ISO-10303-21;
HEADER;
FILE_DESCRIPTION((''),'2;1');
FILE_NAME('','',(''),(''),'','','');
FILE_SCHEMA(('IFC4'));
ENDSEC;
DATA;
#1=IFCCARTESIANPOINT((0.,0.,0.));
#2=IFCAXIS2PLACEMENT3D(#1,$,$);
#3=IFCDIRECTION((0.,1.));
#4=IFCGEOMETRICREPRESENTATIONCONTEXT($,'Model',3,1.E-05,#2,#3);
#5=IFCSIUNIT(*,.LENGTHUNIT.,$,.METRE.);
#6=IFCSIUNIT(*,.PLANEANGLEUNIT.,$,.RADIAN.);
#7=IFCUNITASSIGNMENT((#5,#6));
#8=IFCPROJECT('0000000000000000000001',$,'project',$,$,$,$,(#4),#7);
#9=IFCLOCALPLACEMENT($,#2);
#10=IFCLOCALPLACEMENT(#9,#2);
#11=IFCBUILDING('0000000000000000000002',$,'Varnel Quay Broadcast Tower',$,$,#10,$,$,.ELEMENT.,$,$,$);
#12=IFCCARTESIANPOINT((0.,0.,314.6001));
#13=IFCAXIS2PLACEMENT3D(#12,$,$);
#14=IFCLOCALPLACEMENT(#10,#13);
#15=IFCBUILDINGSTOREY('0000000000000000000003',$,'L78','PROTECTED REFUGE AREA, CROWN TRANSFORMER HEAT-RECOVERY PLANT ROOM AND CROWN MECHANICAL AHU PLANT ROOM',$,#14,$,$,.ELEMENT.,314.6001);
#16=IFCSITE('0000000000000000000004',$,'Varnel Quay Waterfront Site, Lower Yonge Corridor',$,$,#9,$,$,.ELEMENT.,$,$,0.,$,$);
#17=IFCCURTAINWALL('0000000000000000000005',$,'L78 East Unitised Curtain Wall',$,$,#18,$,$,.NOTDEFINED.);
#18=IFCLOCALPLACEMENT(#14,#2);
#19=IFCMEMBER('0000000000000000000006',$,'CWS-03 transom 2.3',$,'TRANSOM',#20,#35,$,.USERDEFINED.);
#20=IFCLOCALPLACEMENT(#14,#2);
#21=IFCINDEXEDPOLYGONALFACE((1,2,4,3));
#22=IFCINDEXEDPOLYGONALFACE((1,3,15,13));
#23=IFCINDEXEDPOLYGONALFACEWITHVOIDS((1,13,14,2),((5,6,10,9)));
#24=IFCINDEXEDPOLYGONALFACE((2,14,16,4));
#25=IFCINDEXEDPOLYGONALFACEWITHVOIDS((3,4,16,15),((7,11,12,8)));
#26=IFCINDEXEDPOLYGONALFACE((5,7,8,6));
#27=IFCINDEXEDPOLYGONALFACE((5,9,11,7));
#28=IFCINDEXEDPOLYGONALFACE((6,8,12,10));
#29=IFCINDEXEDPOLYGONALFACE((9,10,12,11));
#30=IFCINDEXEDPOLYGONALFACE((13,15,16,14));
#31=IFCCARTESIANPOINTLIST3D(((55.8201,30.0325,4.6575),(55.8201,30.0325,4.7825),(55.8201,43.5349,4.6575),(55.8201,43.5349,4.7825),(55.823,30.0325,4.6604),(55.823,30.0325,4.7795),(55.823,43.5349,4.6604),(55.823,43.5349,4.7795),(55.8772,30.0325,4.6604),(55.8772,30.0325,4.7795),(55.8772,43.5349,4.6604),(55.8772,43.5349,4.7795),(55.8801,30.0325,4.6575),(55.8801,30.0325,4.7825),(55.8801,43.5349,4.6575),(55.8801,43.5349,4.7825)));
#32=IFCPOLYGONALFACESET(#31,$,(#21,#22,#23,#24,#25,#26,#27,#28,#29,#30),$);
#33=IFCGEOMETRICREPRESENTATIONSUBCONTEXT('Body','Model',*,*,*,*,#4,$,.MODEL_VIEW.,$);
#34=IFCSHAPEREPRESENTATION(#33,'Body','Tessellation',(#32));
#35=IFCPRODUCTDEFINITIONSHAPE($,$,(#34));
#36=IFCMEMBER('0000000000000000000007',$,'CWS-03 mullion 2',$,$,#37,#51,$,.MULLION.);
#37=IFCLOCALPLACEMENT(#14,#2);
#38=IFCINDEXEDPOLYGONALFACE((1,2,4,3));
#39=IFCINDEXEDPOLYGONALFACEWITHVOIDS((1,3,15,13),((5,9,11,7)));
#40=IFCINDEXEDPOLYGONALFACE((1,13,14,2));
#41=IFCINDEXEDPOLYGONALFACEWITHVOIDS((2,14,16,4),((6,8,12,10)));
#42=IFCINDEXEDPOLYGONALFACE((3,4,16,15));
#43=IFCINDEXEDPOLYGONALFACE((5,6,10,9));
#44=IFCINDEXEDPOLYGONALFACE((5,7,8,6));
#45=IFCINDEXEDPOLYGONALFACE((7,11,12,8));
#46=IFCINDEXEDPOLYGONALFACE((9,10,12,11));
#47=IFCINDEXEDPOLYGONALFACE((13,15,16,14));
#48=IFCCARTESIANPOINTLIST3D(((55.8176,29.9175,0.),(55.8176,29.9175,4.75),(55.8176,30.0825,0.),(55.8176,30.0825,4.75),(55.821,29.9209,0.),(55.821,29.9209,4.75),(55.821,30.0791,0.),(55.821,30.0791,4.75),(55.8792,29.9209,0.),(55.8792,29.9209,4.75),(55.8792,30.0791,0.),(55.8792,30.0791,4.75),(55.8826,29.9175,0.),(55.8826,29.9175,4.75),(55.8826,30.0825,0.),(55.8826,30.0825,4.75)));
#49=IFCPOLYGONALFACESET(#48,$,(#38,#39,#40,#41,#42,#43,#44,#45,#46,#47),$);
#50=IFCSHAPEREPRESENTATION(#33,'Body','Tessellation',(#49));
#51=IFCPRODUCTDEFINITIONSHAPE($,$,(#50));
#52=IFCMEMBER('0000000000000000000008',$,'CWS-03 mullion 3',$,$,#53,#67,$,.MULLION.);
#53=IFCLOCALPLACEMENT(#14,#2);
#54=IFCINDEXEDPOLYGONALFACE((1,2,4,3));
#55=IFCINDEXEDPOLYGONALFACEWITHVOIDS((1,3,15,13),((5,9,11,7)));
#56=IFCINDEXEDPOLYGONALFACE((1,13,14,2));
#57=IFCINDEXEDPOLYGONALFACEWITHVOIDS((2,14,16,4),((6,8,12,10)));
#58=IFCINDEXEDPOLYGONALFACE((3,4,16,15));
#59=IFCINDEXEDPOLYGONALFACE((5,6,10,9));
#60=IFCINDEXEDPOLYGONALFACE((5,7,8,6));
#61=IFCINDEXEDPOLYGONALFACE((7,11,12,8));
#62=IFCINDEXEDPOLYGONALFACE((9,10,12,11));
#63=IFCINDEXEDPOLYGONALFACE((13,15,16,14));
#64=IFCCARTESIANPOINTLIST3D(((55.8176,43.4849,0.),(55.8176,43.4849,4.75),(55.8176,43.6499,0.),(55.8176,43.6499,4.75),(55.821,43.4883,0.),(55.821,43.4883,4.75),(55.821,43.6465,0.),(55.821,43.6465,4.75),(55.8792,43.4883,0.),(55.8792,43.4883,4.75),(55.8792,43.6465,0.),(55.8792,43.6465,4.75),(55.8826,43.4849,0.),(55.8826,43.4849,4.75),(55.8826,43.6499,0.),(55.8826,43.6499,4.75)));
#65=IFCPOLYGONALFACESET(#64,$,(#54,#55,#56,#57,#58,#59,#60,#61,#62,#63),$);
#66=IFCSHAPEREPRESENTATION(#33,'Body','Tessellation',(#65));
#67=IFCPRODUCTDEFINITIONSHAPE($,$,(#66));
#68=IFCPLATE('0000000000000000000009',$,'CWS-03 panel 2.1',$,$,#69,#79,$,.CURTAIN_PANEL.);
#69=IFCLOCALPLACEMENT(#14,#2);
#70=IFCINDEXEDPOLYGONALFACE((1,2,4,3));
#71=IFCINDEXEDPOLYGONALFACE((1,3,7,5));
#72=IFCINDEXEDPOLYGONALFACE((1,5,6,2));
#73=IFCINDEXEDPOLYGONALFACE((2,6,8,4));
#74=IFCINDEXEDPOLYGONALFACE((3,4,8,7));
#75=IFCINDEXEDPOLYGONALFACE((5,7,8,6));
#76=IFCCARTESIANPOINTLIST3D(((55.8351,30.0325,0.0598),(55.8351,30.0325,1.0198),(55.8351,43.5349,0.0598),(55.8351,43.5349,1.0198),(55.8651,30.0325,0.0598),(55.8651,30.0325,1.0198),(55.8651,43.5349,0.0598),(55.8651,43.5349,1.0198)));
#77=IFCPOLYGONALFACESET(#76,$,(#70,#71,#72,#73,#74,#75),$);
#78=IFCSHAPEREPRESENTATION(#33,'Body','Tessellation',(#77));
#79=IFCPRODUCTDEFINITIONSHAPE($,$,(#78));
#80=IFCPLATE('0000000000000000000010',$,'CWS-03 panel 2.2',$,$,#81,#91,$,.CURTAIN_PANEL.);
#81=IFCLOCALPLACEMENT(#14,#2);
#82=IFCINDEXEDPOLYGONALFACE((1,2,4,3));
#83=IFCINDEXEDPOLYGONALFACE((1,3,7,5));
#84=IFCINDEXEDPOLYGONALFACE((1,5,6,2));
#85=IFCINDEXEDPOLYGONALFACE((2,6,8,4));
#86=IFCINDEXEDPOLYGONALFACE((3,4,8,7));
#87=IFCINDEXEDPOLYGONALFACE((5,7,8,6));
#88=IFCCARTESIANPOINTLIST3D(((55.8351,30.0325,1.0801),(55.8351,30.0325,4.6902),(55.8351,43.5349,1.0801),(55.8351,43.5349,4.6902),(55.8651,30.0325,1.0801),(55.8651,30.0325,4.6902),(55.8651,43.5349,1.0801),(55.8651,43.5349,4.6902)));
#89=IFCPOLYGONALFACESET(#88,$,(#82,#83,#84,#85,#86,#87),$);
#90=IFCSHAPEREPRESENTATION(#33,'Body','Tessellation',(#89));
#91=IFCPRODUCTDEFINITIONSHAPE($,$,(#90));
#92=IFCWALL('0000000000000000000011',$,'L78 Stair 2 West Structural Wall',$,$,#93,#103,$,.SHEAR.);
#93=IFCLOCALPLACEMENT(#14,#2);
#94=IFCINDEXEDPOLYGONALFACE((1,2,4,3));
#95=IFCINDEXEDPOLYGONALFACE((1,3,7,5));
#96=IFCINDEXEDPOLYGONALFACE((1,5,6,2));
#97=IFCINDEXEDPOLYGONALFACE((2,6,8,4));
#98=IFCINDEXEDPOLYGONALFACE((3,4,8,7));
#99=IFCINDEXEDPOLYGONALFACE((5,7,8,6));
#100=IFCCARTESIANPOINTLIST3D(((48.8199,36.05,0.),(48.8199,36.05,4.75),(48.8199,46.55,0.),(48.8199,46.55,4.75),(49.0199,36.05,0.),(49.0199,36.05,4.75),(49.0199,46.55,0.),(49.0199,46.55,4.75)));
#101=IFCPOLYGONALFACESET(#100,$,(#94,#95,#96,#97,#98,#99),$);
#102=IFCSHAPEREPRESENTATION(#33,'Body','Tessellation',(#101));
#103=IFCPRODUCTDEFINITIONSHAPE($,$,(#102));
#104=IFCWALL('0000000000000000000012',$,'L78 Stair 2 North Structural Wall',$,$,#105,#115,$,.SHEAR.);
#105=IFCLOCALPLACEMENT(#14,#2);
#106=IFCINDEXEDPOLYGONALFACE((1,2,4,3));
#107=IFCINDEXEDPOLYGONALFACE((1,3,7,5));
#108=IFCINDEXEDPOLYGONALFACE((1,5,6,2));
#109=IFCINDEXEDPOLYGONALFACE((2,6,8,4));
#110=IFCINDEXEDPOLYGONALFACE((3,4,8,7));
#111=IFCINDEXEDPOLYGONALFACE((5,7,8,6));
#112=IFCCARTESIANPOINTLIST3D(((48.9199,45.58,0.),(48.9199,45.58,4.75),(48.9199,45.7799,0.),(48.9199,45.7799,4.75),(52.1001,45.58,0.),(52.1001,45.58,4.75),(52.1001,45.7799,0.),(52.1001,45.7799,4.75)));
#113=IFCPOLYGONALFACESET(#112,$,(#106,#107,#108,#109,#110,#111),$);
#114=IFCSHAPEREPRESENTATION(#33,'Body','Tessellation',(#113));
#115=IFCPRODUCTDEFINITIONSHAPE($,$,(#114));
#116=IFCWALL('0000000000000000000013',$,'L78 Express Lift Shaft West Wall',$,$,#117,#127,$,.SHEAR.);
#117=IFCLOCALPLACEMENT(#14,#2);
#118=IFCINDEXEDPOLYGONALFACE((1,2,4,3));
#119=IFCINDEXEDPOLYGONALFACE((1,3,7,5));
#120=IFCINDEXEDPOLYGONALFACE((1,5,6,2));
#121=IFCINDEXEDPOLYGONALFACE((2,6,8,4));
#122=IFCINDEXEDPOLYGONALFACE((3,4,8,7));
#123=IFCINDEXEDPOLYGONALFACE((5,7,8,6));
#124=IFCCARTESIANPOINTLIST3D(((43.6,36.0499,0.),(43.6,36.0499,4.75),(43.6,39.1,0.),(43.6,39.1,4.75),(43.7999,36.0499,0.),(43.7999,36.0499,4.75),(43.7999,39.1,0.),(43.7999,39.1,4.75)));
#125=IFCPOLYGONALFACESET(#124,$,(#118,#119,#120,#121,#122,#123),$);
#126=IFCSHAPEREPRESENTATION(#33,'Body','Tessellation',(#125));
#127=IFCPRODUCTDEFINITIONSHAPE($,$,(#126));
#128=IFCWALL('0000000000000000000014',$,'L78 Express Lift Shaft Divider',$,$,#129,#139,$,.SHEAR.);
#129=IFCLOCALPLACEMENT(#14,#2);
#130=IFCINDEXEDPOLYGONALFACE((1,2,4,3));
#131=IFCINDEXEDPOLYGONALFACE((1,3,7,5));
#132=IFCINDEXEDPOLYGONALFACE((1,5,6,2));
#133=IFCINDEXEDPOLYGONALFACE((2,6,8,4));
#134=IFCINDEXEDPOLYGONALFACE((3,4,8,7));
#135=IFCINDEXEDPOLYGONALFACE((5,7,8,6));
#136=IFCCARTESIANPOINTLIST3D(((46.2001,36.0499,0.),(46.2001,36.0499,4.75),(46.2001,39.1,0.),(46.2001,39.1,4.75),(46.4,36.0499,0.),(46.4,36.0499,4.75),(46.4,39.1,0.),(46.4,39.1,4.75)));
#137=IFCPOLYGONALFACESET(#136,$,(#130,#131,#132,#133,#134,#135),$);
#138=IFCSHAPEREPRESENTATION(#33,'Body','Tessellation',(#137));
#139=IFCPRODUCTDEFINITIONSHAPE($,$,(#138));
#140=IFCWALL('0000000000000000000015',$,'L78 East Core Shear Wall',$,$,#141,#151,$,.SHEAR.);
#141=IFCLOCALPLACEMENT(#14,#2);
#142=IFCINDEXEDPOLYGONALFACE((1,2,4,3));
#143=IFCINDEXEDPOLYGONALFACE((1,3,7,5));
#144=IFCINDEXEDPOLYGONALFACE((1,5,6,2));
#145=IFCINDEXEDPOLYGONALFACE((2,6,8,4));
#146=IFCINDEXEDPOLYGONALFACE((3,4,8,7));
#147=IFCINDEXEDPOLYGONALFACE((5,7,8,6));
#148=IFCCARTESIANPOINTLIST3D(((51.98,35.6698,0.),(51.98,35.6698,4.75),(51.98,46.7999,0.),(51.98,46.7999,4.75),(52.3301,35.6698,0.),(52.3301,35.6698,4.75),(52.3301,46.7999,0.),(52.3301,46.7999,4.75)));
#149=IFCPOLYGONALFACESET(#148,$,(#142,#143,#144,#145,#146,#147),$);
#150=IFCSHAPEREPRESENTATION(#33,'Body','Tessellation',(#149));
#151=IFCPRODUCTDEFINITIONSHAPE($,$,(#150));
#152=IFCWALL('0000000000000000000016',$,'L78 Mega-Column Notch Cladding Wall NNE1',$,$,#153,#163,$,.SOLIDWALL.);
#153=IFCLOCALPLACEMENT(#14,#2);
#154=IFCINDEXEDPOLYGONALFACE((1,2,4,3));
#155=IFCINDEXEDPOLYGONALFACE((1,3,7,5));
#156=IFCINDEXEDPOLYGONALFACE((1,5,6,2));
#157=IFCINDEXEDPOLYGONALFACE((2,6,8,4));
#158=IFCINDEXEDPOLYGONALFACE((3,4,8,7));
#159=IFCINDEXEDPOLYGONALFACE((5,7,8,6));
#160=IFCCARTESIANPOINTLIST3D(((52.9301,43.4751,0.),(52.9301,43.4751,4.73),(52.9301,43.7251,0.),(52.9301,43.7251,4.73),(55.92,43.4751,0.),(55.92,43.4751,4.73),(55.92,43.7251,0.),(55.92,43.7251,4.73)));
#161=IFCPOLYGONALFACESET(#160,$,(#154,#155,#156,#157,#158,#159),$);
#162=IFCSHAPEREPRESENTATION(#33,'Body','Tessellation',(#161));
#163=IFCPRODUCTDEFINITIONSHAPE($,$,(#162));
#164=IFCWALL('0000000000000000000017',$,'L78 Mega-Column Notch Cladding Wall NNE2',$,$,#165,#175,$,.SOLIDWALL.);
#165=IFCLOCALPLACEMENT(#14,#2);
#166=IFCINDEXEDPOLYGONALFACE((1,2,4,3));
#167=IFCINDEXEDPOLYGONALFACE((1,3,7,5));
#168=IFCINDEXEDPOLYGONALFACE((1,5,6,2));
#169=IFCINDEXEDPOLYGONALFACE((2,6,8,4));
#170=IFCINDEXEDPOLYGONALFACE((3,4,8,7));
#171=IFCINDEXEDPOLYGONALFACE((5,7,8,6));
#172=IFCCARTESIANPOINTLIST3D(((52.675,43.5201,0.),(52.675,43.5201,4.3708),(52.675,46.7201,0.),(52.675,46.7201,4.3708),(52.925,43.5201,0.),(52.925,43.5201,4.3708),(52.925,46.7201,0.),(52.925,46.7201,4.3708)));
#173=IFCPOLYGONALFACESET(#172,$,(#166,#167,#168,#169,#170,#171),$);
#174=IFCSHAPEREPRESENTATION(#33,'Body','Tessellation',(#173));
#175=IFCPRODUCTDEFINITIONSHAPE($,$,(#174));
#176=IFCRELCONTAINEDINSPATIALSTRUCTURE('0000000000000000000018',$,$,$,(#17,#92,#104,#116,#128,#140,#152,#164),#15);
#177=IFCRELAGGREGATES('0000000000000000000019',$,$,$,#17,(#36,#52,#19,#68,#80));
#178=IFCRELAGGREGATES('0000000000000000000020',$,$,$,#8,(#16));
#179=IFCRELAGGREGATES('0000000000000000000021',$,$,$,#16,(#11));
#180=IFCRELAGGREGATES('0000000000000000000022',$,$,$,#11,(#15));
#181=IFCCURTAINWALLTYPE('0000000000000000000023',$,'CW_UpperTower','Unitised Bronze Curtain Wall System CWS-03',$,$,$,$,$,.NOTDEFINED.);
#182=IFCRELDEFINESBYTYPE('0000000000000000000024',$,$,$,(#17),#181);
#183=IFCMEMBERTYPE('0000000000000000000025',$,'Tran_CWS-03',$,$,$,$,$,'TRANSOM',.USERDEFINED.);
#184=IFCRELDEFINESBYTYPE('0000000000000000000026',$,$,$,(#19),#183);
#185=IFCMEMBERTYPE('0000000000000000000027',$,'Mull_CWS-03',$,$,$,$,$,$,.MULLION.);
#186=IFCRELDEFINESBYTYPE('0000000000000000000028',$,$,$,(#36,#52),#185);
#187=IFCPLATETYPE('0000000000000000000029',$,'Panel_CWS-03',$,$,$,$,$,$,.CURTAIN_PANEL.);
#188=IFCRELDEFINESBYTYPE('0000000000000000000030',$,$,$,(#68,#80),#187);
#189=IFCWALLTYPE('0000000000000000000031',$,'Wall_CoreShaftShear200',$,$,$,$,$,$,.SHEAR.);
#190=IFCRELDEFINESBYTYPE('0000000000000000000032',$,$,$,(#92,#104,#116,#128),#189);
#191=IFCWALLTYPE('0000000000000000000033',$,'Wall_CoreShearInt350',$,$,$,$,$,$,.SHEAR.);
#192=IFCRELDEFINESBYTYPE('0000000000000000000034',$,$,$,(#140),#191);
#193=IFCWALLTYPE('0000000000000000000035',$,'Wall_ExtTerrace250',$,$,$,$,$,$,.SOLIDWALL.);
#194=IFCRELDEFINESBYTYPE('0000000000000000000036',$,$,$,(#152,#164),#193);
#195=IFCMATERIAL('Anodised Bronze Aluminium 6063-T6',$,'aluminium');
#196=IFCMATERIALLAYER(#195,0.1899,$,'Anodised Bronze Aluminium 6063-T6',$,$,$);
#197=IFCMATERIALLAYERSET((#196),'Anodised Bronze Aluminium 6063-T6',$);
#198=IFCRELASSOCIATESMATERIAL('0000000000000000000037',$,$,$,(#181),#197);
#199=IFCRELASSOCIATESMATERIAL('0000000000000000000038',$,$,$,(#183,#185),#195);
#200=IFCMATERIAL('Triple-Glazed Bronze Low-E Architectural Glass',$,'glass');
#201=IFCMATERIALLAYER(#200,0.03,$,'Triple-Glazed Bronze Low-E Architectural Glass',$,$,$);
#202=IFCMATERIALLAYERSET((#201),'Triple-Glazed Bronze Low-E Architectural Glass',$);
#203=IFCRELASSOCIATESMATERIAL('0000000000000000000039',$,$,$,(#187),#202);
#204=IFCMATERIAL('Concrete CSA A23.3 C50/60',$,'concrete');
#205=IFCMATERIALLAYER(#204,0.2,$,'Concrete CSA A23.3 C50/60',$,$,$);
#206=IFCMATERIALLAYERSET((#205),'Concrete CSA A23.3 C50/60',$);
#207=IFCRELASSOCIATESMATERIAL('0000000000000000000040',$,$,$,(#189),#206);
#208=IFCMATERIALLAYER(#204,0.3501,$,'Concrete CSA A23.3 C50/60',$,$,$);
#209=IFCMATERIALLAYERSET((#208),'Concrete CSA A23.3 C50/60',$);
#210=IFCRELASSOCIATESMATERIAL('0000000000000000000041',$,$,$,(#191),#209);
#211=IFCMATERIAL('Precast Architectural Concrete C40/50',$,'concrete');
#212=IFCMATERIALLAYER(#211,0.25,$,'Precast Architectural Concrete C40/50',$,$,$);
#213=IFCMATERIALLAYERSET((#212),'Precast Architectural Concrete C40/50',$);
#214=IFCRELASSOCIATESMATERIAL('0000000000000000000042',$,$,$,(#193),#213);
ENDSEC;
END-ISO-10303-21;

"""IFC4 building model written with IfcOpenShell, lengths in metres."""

from ifc_helpers import new_model, si_unit, direction, frame, frame_2d, origin, origin_2d, place, context, subcontext, project, spatial, rectangle, hollow_rectangle, extrude, source, transform, mapped, material, layer, layer_set, material_profile, profile_set, type_object, type_shapes, element, aggregate, save


model = new_model("IFC4")

# Units and contexts
model_context = context("Model", 3, precision=1e-05, world=origin(), true_north=direction((0.0, 1.0)))
body_context = subcontext(model_context, "Body", "Model", "MODEL_VIEW")
ifc_project = project(units=[si_unit("LENGTHUNIT", "METRE"), si_unit("PLANEANGLEUNIT", "RADIAN")], contexts=[model_context])

# Site, building, storey
site_placement = place(None, origin())
site = spatial("IfcSite", under=ifc_project, at=site_placement, Name="Varnel Quay Waterfront Site, Lower Yonge Corridor", CompositionType="ELEMENT", RefElevation=0.0)
building_placement = place(site_placement, origin())
building = spatial("IfcBuilding", under=site, at=building_placement, Name="Varnel Quay Broadcast Tower", CompositionType="ELEMENT")
storey_placement = place(building_placement, frame((0.0, 0.0, 314.6001)))
storey = spatial("IfcBuildingStorey", under=building, at=storey_placement, Name="L78", Description="PROTECTED REFUGE AREA, CROWN TRANSFORMER HEAT-RECOVERY PLANT ROOM AND CROWN MECHANICAL AHU PLANT ROOM", CompositionType="ELEMENT", Elevation=314.6001)

# Curtain wall, members, plates
ifc_material_1 = material(Name="Anodised Bronze Aluminium 6063-T6", Category="aluminium")
ifc_layer_1 = layer(ifc_material_1, 0.1899, Name="Anodised Bronze Aluminium 6063-T6")
ifc_layer_set_1 = layer_set([ifc_layer_1], Name="Anodised Bronze Aluminium 6063-T6")
curtain_wall_type = type_object("IfcCurtainWallType", Name="CW_UpperTower", Description="Unitised Bronze Curtain Wall System CWS-03", PredefinedType="NOTDEFINED", material=ifc_layer_set_1)
curtain_wall_placement = place(storey_placement, origin())
curtain_wall = element("IfcCurtainWall", 1, at=curtain_wall_placement, inside=storey, type_object=curtain_wall_type, Name="L78 East Unitised Curtain Wall", PredefinedType="NOTDEFINED")
ifc_material_profile_1 = material_profile(ifc_material_1, hollow_rectangle(XDim=0.0601, YDim=0.125, WallThickness=0.0029, at=origin_2d()), Name="ALU60X125X3")
ifc_profile_set_1 = profile_set([ifc_material_profile_1], Name="Anodised Bronze Aluminium 6063-T6")
member_type_1 = type_object("IfcMemberType", Name="Tran_CWS-03", ElementType="TRANSOM", PredefinedType="USERDEFINED", material=ifc_profile_set_1)
shared_shape_1 = source(origin(), body_context, "Body", "SweptSolid", [
    extrude(hollow_rectangle(XDim=0.0601, YDim=0.125, WallThickness=0.0029, at=origin_2d()), origin(), (0.0, 0.0, 1.0), 13.5024),
])
type_shapes(member_type_1, [shared_shape_1])
member_1_placement = place(storey_placement, frame((55.8501, 30.0325, 4.72), z_axis=(0.0, 1.0, 0.0), x_axis=(-1.0, 0.0, 0.0)))
member_1 = element("IfcMember", 2, at=member_1_placement, type_object=member_type_1, Name="CWS-03 transom 2.3", ObjectType="TRANSOM", PredefinedType="USERDEFINED", context=body_context, shape_type="MappedRepresentation", body=[
    mapped(shared_shape_1, transform((0.0, 0.0, 0.0), x_axis=(1.0, 0.0, 0.0), y_axis=(0.0, 1.0, 0.0), z_axis=(0.0, 0.0, 1.0), scale=1.0)),
])
ifc_material_profile_2 = material_profile(ifc_material_1, hollow_rectangle(XDim=0.0649, YDim=0.165, WallThickness=0.0034, at=origin_2d()), Name="ALU65X165X3.5")
ifc_profile_set_2 = profile_set([ifc_material_profile_2], Name="Anodised Bronze Aluminium 6063-T6")
member_type_2 = type_object("IfcMemberType", Name="Mull_CWS-03", PredefinedType="MULLION", material=ifc_profile_set_2)
shared_shape_2 = source(origin(), body_context, "Body", "SweptSolid", [
    extrude(hollow_rectangle(XDim=0.0649, YDim=0.165, WallThickness=0.0034, at=origin_2d()), origin(), (0.0, 0.0, 1.0), 4.75),
])
type_shapes(member_type_2, [shared_shape_2])
member_2_placement = place(storey_placement, frame((55.8501, 30.0, 0.0), z_axis=(0.0, 0.0, 1.0), x_axis=(-1.0, 0.0, 0.0)))
member_2 = element("IfcMember", 3, at=member_2_placement, type_object=member_type_2, Name="CWS-03 mullion 2", PredefinedType="MULLION", context=body_context, shape_type="MappedRepresentation", body=[
    mapped(shared_shape_2, transform((0.0, 0.0, 0.0), x_axis=(1.0, 0.0, 0.0), y_axis=(0.0, 1.0, 0.0), z_axis=(0.0, 0.0, 1.0), scale=1.0)),
])
member_3_placement = place(storey_placement, frame((55.8501, 43.5674, 0.0), z_axis=(0.0, 0.0, 1.0), x_axis=(-1.0, 0.0, 0.0)))
member_3 = element("IfcMember", 4, at=member_3_placement, type_object=member_type_2, Name="CWS-03 mullion 3", PredefinedType="MULLION", context=body_context, shape_type="MappedRepresentation", body=[
    mapped(shared_shape_2, transform((0.0, 0.0, 0.0), x_axis=(1.0, 0.0, 0.0), y_axis=(0.0, 1.0, 0.0), z_axis=(0.0, 0.0, 1.0), scale=1.0)),
])
ifc_material_2 = material(Name="Triple-Glazed Bronze Low-E Architectural Glass", Category="glass")
ifc_layer_2 = layer(ifc_material_2, 0.03, Name="Triple-Glazed Bronze Low-E Architectural Glass")
ifc_layer_set_2 = layer_set([ifc_layer_2], Name="Triple-Glazed Bronze Low-E Architectural Glass")
plate_type = type_object("IfcPlateType", Name="Panel_CWS-03", PredefinedType="CURTAIN_PANEL", material=ifc_layer_set_2)
shared_shape_3 = source(origin(), body_context, "Body", "SweptSolid", [
    extrude(rectangle(XDim=13.5024, YDim=0.03, at=origin_2d()), origin(), (0.0, 0.0, 1.0), 0.96),
])
plate_1_placement = place(storey_placement, frame((55.8501, 36.7837, 0.0598), z_axis=(0.0, 0.0, 1.0), x_axis=(0.0, 1.0, 0.0)))
plate_1 = element("IfcPlate", 5, at=plate_1_placement, type_object=plate_type, Name="CWS-03 panel 2.1", PredefinedType="CURTAIN_PANEL", context=body_context, shape_type="MappedRepresentation", body=[
    mapped(shared_shape_3, transform((0.0, 0.0, 0.0), x_axis=(1.0, 0.0, 0.0), y_axis=(0.0, 1.0, 0.0), z_axis=(0.0, 0.0, 1.0), scale=1.0)),
])
shared_shape_4 = source(origin(), body_context, "Body", "SweptSolid", [
    extrude(rectangle(XDim=13.5024, YDim=0.03, at=origin_2d()), origin(), (0.0, 0.0, 1.0), 3.6101),
])
type_shapes(plate_type, [shared_shape_3, shared_shape_4])
plate_2_placement = place(storey_placement, frame((55.8501, 36.7837, 1.0801), z_axis=(0.0, 0.0, 1.0), x_axis=(0.0, 1.0, 0.0)))
plate_2 = element("IfcPlate", 6, at=plate_2_placement, type_object=plate_type, Name="CWS-03 panel 2.2", PredefinedType="CURTAIN_PANEL", context=body_context, shape_type="MappedRepresentation", body=[
    mapped(shared_shape_4, transform((0.0, 0.0, 0.0), x_axis=(1.0, 0.0, 0.0), y_axis=(0.0, 1.0, 0.0), z_axis=(0.0, 0.0, 1.0), scale=1.0)),
])
aggregate(curtain_wall, [member_2, member_3, member_1, plate_1, plate_2])

# Walls
ifc_material_3 = material(Name="Concrete CSA A23.3 C50/60", Category="concrete")
ifc_layer_3 = layer(ifc_material_3, 0.2, Name="Concrete CSA A23.3 C50/60")
ifc_layer_set_3 = layer_set([ifc_layer_3], Name="Concrete CSA A23.3 C50/60")
wall_type_1 = type_object("IfcWallType", Name="Wall_CoreShaftShear200", PredefinedType="SHEAR", material=ifc_layer_set_3)
wall_1_placement = place(storey_placement, frame((48.9199, 36.05, 0.0), z_axis=(0.0, 0.0, 1.0), x_axis=(0.0, 1.0, 0.0)))
element("IfcWall", 7, at=wall_1_placement, inside=storey, type_object=wall_type_1, Name="L78 Stair 2 West Structural Wall", PredefinedType="SHEAR", context=body_context, shape_type="SweptSolid", body=[
    extrude(rectangle(XDim=10.5, YDim=0.2, at=frame_2d((5.25, 0.0))), origin(), (0.0, 0.0, 1.0), 4.75),
])
wall_2_placement = place(storey_placement, frame((48.9199, 45.6799, 0.0), z_axis=(0.0, 0.0, 1.0), x_axis=(1.0, 0.0, 0.0)))
element("IfcWall", 8, at=wall_2_placement, inside=storey, type_object=wall_type_1, Name="L78 Stair 2 North Structural Wall", PredefinedType="SHEAR", context=body_context, shape_type="SweptSolid", body=[
    extrude(rectangle(XDim=3.1802, YDim=0.2, at=frame_2d((1.5901, 0.0))), origin(), (0.0, 0.0, 1.0), 4.75),
])
for number, where, z_axis, x_axis, name in (
    (9, (43.7, 36.05, 0.0), (0.0, 0.0, 1.0), (0.0, 1.0, 0.0), "L78 Express Lift Shaft West Wall"),
    (10, (46.3, 36.05, 0.0), (0.0, 0.0, 1.0), (0.0, 1.0, 0.0), "L78 Express Lift Shaft Divider"),
):
    element("IfcWall", number, at=place(storey_placement, frame(where, z_axis=z_axis, x_axis=x_axis)), inside=storey, type_object=wall_type_1, Name=name, PredefinedType="SHEAR", context=body_context, shape_type="SweptSolid", body=[
        extrude(rectangle(XDim=3.05, YDim=0.2, at=frame_2d((1.5249, 0.0))), origin(), (0.0, 0.0, 1.0), 4.75),
    ])
ifc_layer_4 = layer(ifc_material_3, 0.3501, Name="Concrete CSA A23.3 C50/60")
ifc_layer_set_4 = layer_set([ifc_layer_4], Name="Concrete CSA A23.3 C50/60")
wall_type_2 = type_object("IfcWallType", Name="Wall_CoreShearInt350", PredefinedType="SHEAR", material=ifc_layer_set_4)
wall_3_placement = place(storey_placement, frame((52.155, 35.6699, 0.0), z_axis=(0.0, 0.0, 1.0), x_axis=(0.0, 1.0, 0.0)))
element("IfcWall", 11, at=wall_3_placement, inside=storey, type_object=wall_type_2, Name="L78 East Core Shear Wall", PredefinedType="SHEAR", context=body_context, shape_type="SweptSolid", body=[
    extrude(rectangle(XDim=11.1301, YDim=0.3501, at=frame_2d((5.5649, 0.0))), origin(), (0.0, 0.0, 1.0), 4.75),
])
ifc_material_4 = material(Name="Precast Architectural Concrete C40/50", Category="concrete")
ifc_layer_5 = layer(ifc_material_4, 0.25, Name="Precast Architectural Concrete C40/50")
ifc_layer_set_5 = layer_set([ifc_layer_5], Name="Precast Architectural Concrete C40/50")
wall_type_3 = type_object("IfcWallType", Name="Wall_ExtTerrace250", PredefinedType="SOLIDWALL", material=ifc_layer_set_5)
wall_4_placement = place(storey_placement, frame((52.9299, 43.6001, 0.0), z_axis=(0.0, 0.0, 1.0), x_axis=(1.0, 0.0, 0.0)))
element("IfcWall", 12, at=wall_4_placement, inside=storey, type_object=wall_type_3, Name="L78 Mega-Column Notch Cladding Wall NNE1", PredefinedType="SOLIDWALL", context=body_context, shape_type="SweptSolid", body=[
    extrude(rectangle(XDim=2.99, YDim=0.25, at=frame_2d((1.4951, 0.0))), origin(), (0.0, 0.0, 1.0), 4.73),
])
wall_5_placement = place(storey_placement, frame((52.8, 43.52, 0.0), z_axis=(0.0, 0.0, 1.0), x_axis=(0.0, 1.0, 0.0)))
element("IfcWall", 13, at=wall_5_placement, inside=storey, type_object=wall_type_3, Name="L78 Mega-Column Notch Cladding Wall NNE2", PredefinedType="SOLIDWALL", context=body_context, shape_type="SweptSolid", body=[
    extrude(rectangle(XDim=3.2, YDim=0.25, at=frame_2d((1.6001, 0.0))), origin(), (0.0, 0.0, 1.0), 4.3708),
])

save(model, "model.ifc")
